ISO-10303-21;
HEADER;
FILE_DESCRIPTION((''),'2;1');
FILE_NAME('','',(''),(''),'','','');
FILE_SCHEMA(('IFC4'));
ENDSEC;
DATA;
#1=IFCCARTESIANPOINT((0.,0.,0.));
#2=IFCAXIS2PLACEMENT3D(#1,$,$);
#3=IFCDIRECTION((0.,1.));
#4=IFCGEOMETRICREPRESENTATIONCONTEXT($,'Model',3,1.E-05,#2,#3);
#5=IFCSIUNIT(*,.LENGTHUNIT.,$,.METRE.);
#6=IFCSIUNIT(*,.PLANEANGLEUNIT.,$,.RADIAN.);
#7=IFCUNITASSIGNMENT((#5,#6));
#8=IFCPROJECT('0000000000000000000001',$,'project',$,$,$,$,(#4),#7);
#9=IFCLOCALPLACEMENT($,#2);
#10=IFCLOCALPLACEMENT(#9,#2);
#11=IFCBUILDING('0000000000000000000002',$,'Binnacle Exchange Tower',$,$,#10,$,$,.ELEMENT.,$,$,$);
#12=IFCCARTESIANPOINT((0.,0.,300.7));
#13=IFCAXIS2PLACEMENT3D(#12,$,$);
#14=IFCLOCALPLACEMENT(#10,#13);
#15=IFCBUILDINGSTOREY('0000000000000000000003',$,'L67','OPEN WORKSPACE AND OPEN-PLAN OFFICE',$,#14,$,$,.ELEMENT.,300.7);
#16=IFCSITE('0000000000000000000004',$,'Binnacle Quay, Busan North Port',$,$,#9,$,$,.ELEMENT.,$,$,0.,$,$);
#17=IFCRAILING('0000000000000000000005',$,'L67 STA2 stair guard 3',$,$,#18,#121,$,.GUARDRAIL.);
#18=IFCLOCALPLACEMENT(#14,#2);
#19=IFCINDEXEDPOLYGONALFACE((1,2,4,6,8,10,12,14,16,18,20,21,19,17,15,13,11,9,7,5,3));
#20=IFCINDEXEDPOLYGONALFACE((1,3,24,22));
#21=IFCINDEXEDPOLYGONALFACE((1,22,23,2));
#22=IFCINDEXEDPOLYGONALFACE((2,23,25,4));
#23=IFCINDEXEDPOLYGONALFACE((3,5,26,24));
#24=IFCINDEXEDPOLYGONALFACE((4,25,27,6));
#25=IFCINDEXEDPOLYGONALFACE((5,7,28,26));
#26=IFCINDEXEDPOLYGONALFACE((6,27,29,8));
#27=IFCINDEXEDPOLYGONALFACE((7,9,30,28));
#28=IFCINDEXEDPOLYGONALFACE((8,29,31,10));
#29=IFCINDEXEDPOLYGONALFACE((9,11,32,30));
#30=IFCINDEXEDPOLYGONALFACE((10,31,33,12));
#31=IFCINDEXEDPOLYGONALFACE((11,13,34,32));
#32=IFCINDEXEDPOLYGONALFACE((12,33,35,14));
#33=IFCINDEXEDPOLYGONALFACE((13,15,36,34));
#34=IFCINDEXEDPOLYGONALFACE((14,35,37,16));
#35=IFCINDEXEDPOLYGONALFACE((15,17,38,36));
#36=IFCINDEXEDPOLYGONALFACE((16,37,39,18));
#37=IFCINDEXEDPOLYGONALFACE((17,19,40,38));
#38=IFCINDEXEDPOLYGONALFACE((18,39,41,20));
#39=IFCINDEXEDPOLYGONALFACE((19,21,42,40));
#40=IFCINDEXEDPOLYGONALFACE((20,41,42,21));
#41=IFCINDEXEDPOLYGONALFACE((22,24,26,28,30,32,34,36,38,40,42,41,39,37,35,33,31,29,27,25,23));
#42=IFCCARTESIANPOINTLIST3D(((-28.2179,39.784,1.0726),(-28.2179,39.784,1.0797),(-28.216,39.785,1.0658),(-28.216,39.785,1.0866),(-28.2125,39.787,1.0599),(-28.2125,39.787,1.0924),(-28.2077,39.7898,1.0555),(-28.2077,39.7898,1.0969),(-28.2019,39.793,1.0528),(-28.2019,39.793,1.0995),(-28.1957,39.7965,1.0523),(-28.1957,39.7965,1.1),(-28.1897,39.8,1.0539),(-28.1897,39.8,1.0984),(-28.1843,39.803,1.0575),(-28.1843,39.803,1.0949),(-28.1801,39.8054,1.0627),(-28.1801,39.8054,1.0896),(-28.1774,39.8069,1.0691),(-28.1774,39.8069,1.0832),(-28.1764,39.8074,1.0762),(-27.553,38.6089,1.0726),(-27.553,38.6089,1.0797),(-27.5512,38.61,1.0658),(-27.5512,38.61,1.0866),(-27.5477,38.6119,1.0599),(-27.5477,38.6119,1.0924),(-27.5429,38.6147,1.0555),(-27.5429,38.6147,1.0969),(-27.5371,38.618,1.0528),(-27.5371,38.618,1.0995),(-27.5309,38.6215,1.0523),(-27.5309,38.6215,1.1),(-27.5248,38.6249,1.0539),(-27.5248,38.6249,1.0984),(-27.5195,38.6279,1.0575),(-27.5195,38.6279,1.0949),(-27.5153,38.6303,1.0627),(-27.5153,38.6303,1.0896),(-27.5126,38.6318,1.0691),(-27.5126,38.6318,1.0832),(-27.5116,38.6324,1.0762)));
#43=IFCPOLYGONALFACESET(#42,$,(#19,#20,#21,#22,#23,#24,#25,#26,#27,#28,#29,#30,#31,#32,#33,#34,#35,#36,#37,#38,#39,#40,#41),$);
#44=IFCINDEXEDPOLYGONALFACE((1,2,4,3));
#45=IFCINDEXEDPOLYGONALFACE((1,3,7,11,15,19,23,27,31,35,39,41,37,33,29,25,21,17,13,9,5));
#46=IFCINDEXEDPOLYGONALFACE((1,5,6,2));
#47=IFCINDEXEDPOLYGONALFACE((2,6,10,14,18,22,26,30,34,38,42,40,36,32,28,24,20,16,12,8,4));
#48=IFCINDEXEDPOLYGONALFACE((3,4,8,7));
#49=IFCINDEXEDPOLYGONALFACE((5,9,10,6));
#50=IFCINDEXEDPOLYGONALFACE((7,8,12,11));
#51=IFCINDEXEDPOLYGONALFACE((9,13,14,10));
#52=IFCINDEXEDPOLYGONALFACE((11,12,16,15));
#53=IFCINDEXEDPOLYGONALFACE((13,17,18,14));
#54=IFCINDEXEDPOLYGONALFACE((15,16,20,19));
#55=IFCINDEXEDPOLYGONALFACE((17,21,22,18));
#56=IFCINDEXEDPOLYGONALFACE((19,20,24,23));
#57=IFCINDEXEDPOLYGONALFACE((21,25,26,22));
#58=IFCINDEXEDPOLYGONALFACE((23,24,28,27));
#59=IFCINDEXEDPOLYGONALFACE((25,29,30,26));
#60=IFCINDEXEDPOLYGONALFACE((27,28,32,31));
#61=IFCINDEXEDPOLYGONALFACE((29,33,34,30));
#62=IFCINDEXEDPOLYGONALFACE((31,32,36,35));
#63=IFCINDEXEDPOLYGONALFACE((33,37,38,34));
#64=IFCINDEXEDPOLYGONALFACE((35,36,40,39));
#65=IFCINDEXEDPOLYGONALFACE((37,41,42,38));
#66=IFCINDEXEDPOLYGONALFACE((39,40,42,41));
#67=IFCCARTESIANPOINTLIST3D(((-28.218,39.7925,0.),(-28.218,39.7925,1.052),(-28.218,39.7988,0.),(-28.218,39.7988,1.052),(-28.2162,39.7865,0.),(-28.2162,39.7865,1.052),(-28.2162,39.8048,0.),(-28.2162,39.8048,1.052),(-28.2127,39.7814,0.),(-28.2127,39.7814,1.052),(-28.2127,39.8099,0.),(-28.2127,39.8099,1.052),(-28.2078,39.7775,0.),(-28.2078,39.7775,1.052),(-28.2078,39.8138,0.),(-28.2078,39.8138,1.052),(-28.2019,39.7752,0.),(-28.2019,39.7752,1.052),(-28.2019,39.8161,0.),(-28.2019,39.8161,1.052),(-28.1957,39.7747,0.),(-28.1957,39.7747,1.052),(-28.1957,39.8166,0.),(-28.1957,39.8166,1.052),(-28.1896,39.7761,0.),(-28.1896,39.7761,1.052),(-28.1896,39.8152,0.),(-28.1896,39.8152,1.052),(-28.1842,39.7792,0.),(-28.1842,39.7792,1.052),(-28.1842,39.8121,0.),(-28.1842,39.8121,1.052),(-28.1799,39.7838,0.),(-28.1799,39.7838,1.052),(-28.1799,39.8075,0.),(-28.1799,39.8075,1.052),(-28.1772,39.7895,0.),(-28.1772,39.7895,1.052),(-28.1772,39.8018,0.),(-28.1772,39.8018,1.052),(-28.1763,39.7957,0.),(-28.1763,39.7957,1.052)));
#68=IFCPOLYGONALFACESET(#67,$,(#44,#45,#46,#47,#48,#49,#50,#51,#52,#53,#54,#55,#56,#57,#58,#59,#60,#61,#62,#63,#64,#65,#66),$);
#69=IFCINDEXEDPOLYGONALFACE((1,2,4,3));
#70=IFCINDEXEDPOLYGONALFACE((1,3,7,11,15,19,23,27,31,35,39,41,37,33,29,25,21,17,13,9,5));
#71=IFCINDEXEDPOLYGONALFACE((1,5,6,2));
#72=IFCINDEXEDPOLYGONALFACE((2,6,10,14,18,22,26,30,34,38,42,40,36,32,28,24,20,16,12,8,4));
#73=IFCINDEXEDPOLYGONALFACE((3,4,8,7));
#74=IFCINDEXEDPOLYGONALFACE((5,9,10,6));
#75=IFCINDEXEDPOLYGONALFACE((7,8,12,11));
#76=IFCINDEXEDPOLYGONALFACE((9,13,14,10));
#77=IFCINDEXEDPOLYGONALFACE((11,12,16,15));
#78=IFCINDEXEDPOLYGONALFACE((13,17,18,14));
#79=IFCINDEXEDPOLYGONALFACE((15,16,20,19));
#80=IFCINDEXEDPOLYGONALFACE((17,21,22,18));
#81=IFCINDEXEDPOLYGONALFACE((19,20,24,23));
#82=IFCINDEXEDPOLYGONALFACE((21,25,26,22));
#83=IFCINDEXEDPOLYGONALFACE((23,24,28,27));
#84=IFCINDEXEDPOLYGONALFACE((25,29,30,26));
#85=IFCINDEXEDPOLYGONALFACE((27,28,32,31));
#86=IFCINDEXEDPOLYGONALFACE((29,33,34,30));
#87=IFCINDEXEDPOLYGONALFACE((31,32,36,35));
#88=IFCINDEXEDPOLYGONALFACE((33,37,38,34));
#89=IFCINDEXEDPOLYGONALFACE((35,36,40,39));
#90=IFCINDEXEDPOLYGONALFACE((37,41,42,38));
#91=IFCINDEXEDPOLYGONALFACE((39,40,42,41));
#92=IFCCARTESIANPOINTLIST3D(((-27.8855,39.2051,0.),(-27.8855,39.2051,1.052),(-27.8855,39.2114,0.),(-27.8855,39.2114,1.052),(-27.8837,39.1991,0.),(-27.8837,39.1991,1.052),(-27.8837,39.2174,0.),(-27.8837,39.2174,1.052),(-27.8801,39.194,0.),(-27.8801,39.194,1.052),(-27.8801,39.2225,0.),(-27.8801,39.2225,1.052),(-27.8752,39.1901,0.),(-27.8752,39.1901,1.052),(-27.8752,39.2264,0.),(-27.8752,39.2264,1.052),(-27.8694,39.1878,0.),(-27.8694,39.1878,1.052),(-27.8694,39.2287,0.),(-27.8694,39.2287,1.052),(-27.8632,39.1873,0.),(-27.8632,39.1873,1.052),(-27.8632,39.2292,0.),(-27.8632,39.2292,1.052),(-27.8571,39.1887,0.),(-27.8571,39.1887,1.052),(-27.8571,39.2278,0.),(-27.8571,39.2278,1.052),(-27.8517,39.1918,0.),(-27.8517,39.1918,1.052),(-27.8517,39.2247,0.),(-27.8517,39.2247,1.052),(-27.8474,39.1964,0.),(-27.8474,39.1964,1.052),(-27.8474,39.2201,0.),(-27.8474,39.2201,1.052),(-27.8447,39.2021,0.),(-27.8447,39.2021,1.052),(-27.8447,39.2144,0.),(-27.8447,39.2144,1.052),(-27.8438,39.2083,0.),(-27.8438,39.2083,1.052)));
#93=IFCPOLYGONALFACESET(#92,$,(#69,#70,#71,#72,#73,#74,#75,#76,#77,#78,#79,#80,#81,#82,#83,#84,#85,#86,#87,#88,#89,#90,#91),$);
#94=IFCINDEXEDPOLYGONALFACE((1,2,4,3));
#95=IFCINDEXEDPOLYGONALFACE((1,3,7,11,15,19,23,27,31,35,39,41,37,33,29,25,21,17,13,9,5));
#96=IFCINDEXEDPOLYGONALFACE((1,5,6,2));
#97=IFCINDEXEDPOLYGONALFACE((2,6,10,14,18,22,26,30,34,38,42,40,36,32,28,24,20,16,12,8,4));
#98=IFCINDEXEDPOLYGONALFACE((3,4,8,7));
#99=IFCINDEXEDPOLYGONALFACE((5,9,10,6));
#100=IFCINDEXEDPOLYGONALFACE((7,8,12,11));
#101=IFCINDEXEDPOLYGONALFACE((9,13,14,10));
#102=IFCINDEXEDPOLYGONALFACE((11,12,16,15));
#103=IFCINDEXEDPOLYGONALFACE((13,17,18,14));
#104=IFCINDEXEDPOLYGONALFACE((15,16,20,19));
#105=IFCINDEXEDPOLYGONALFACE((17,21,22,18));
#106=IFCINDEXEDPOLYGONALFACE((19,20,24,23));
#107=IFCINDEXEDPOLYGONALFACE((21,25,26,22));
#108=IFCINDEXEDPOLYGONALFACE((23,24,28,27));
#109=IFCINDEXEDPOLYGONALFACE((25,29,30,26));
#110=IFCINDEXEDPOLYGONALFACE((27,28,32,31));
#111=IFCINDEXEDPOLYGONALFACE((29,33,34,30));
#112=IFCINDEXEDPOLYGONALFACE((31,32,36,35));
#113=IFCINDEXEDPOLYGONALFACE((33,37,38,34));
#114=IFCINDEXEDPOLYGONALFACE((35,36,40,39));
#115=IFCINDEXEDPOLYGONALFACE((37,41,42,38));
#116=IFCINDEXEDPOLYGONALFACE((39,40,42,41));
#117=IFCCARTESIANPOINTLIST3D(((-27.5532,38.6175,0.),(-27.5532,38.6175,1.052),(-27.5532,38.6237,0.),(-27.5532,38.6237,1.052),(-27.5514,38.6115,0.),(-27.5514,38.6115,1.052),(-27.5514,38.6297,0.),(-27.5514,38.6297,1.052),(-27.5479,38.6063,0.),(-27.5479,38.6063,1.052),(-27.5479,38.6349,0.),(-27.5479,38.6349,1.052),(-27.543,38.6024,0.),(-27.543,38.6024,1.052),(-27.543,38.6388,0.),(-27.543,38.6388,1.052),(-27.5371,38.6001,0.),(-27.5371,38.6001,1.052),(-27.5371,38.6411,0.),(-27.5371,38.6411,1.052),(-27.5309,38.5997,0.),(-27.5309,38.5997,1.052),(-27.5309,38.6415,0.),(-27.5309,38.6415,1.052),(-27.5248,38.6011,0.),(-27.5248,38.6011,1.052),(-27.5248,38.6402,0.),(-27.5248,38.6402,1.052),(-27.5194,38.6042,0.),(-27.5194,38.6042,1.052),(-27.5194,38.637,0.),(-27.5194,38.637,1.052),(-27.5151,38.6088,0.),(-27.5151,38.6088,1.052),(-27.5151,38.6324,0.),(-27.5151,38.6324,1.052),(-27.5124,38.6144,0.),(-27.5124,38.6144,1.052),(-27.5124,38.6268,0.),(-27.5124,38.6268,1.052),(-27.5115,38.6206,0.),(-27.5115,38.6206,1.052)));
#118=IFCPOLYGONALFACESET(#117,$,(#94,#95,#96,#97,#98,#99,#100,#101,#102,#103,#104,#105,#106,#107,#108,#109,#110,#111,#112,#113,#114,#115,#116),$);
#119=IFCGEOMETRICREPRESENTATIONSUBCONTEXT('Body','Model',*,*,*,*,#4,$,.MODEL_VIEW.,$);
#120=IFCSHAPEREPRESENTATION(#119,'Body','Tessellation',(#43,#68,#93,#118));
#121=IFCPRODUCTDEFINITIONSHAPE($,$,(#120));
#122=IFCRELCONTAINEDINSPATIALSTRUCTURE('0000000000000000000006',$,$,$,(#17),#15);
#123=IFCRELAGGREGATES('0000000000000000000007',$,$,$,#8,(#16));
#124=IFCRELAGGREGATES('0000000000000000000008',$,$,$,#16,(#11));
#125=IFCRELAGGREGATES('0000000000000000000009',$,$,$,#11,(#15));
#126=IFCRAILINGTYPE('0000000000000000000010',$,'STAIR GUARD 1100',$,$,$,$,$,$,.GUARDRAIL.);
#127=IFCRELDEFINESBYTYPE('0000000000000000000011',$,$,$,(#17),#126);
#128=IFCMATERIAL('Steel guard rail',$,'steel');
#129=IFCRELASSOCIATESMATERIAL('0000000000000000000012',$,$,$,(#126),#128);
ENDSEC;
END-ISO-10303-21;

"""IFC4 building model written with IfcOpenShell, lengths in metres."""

from ifc_helpers import new_model, si_unit, direction, frame, origin, origin_2d, place, context, subcontext, project, spatial, circle, extrude, material, type_object, element, save


model = new_model("IFC4")

# Units and contexts
model_context = context("Model", 3, precision=1e-05, world=origin(), true_north=direction((0.0, 1.0)))
body_context = subcontext(model_context, "Body", "Model", "MODEL_VIEW")
ifc_project = project(units=[si_unit("LENGTHUNIT", "METRE"), si_unit("PLANEANGLEUNIT", "RADIAN")], contexts=[model_context])

# Site, building, storey
site_placement = place(None, origin())
site = spatial("IfcSite", under=ifc_project, at=site_placement, Name="Binnacle Quay, Busan North Port", CompositionType="ELEMENT", RefElevation=0.0)
building_placement = place(site_placement, origin())
building = spatial("IfcBuilding", under=site, at=building_placement, Name="Binnacle Exchange Tower", CompositionType="ELEMENT")
storey_placement = place(building_placement, frame((0.0, 0.0, 300.7)))
storey = spatial("IfcBuildingStorey", under=building, at=storey_placement, Name="L67", Description="OPEN WORKSPACE AND OPEN-PLAN OFFICE", CompositionType="ELEMENT", Elevation=300.7)

# Railing
ifc_material_1 = material(Name="Steel guard rail", Category="steel")
railing_type_1 = type_object("IfcRailingType", Name="STAIR GUARD 1100", PredefinedType="GUARDRAIL", material=ifc_material_1)
railing_1_placement = place(storey_placement, frame((-28.1973, 39.7957, 0.0)))
element("IfcRailing", 1, at=railing_1_placement, inside=storey, type_object=railing_type_1, Name="L67 STA2 stair guard 3", PredefinedType="GUARDRAIL", context=body_context, shape_type="SweptSolid", body=[
    extrude(circle(Radius=0.0239, at=origin_2d()), frame((0.0, 0.0, 1.0762), z_axis=(0.492415, -0.870361, 0.0), x_axis=(0.870361, 0.492415, 0.0)), (0.0, 0.0, 1.0), 1.3501),
    extrude(circle(Radius=0.021, at=origin_2d()), origin(), (0.0, 0.0, 1.0), 1.052),
    extrude(circle(Radius=0.021, at=origin_2d()), frame((0.3325, -0.5874, 0.0)), (0.0, 0.0, 1.0), 1.052),
    extrude(circle(Radius=0.021, at=origin_2d()), frame((0.6648, -1.175, 0.0)), (0.0, 0.0, 1.0), 1.052),
])

save(model, "model.ifc")
